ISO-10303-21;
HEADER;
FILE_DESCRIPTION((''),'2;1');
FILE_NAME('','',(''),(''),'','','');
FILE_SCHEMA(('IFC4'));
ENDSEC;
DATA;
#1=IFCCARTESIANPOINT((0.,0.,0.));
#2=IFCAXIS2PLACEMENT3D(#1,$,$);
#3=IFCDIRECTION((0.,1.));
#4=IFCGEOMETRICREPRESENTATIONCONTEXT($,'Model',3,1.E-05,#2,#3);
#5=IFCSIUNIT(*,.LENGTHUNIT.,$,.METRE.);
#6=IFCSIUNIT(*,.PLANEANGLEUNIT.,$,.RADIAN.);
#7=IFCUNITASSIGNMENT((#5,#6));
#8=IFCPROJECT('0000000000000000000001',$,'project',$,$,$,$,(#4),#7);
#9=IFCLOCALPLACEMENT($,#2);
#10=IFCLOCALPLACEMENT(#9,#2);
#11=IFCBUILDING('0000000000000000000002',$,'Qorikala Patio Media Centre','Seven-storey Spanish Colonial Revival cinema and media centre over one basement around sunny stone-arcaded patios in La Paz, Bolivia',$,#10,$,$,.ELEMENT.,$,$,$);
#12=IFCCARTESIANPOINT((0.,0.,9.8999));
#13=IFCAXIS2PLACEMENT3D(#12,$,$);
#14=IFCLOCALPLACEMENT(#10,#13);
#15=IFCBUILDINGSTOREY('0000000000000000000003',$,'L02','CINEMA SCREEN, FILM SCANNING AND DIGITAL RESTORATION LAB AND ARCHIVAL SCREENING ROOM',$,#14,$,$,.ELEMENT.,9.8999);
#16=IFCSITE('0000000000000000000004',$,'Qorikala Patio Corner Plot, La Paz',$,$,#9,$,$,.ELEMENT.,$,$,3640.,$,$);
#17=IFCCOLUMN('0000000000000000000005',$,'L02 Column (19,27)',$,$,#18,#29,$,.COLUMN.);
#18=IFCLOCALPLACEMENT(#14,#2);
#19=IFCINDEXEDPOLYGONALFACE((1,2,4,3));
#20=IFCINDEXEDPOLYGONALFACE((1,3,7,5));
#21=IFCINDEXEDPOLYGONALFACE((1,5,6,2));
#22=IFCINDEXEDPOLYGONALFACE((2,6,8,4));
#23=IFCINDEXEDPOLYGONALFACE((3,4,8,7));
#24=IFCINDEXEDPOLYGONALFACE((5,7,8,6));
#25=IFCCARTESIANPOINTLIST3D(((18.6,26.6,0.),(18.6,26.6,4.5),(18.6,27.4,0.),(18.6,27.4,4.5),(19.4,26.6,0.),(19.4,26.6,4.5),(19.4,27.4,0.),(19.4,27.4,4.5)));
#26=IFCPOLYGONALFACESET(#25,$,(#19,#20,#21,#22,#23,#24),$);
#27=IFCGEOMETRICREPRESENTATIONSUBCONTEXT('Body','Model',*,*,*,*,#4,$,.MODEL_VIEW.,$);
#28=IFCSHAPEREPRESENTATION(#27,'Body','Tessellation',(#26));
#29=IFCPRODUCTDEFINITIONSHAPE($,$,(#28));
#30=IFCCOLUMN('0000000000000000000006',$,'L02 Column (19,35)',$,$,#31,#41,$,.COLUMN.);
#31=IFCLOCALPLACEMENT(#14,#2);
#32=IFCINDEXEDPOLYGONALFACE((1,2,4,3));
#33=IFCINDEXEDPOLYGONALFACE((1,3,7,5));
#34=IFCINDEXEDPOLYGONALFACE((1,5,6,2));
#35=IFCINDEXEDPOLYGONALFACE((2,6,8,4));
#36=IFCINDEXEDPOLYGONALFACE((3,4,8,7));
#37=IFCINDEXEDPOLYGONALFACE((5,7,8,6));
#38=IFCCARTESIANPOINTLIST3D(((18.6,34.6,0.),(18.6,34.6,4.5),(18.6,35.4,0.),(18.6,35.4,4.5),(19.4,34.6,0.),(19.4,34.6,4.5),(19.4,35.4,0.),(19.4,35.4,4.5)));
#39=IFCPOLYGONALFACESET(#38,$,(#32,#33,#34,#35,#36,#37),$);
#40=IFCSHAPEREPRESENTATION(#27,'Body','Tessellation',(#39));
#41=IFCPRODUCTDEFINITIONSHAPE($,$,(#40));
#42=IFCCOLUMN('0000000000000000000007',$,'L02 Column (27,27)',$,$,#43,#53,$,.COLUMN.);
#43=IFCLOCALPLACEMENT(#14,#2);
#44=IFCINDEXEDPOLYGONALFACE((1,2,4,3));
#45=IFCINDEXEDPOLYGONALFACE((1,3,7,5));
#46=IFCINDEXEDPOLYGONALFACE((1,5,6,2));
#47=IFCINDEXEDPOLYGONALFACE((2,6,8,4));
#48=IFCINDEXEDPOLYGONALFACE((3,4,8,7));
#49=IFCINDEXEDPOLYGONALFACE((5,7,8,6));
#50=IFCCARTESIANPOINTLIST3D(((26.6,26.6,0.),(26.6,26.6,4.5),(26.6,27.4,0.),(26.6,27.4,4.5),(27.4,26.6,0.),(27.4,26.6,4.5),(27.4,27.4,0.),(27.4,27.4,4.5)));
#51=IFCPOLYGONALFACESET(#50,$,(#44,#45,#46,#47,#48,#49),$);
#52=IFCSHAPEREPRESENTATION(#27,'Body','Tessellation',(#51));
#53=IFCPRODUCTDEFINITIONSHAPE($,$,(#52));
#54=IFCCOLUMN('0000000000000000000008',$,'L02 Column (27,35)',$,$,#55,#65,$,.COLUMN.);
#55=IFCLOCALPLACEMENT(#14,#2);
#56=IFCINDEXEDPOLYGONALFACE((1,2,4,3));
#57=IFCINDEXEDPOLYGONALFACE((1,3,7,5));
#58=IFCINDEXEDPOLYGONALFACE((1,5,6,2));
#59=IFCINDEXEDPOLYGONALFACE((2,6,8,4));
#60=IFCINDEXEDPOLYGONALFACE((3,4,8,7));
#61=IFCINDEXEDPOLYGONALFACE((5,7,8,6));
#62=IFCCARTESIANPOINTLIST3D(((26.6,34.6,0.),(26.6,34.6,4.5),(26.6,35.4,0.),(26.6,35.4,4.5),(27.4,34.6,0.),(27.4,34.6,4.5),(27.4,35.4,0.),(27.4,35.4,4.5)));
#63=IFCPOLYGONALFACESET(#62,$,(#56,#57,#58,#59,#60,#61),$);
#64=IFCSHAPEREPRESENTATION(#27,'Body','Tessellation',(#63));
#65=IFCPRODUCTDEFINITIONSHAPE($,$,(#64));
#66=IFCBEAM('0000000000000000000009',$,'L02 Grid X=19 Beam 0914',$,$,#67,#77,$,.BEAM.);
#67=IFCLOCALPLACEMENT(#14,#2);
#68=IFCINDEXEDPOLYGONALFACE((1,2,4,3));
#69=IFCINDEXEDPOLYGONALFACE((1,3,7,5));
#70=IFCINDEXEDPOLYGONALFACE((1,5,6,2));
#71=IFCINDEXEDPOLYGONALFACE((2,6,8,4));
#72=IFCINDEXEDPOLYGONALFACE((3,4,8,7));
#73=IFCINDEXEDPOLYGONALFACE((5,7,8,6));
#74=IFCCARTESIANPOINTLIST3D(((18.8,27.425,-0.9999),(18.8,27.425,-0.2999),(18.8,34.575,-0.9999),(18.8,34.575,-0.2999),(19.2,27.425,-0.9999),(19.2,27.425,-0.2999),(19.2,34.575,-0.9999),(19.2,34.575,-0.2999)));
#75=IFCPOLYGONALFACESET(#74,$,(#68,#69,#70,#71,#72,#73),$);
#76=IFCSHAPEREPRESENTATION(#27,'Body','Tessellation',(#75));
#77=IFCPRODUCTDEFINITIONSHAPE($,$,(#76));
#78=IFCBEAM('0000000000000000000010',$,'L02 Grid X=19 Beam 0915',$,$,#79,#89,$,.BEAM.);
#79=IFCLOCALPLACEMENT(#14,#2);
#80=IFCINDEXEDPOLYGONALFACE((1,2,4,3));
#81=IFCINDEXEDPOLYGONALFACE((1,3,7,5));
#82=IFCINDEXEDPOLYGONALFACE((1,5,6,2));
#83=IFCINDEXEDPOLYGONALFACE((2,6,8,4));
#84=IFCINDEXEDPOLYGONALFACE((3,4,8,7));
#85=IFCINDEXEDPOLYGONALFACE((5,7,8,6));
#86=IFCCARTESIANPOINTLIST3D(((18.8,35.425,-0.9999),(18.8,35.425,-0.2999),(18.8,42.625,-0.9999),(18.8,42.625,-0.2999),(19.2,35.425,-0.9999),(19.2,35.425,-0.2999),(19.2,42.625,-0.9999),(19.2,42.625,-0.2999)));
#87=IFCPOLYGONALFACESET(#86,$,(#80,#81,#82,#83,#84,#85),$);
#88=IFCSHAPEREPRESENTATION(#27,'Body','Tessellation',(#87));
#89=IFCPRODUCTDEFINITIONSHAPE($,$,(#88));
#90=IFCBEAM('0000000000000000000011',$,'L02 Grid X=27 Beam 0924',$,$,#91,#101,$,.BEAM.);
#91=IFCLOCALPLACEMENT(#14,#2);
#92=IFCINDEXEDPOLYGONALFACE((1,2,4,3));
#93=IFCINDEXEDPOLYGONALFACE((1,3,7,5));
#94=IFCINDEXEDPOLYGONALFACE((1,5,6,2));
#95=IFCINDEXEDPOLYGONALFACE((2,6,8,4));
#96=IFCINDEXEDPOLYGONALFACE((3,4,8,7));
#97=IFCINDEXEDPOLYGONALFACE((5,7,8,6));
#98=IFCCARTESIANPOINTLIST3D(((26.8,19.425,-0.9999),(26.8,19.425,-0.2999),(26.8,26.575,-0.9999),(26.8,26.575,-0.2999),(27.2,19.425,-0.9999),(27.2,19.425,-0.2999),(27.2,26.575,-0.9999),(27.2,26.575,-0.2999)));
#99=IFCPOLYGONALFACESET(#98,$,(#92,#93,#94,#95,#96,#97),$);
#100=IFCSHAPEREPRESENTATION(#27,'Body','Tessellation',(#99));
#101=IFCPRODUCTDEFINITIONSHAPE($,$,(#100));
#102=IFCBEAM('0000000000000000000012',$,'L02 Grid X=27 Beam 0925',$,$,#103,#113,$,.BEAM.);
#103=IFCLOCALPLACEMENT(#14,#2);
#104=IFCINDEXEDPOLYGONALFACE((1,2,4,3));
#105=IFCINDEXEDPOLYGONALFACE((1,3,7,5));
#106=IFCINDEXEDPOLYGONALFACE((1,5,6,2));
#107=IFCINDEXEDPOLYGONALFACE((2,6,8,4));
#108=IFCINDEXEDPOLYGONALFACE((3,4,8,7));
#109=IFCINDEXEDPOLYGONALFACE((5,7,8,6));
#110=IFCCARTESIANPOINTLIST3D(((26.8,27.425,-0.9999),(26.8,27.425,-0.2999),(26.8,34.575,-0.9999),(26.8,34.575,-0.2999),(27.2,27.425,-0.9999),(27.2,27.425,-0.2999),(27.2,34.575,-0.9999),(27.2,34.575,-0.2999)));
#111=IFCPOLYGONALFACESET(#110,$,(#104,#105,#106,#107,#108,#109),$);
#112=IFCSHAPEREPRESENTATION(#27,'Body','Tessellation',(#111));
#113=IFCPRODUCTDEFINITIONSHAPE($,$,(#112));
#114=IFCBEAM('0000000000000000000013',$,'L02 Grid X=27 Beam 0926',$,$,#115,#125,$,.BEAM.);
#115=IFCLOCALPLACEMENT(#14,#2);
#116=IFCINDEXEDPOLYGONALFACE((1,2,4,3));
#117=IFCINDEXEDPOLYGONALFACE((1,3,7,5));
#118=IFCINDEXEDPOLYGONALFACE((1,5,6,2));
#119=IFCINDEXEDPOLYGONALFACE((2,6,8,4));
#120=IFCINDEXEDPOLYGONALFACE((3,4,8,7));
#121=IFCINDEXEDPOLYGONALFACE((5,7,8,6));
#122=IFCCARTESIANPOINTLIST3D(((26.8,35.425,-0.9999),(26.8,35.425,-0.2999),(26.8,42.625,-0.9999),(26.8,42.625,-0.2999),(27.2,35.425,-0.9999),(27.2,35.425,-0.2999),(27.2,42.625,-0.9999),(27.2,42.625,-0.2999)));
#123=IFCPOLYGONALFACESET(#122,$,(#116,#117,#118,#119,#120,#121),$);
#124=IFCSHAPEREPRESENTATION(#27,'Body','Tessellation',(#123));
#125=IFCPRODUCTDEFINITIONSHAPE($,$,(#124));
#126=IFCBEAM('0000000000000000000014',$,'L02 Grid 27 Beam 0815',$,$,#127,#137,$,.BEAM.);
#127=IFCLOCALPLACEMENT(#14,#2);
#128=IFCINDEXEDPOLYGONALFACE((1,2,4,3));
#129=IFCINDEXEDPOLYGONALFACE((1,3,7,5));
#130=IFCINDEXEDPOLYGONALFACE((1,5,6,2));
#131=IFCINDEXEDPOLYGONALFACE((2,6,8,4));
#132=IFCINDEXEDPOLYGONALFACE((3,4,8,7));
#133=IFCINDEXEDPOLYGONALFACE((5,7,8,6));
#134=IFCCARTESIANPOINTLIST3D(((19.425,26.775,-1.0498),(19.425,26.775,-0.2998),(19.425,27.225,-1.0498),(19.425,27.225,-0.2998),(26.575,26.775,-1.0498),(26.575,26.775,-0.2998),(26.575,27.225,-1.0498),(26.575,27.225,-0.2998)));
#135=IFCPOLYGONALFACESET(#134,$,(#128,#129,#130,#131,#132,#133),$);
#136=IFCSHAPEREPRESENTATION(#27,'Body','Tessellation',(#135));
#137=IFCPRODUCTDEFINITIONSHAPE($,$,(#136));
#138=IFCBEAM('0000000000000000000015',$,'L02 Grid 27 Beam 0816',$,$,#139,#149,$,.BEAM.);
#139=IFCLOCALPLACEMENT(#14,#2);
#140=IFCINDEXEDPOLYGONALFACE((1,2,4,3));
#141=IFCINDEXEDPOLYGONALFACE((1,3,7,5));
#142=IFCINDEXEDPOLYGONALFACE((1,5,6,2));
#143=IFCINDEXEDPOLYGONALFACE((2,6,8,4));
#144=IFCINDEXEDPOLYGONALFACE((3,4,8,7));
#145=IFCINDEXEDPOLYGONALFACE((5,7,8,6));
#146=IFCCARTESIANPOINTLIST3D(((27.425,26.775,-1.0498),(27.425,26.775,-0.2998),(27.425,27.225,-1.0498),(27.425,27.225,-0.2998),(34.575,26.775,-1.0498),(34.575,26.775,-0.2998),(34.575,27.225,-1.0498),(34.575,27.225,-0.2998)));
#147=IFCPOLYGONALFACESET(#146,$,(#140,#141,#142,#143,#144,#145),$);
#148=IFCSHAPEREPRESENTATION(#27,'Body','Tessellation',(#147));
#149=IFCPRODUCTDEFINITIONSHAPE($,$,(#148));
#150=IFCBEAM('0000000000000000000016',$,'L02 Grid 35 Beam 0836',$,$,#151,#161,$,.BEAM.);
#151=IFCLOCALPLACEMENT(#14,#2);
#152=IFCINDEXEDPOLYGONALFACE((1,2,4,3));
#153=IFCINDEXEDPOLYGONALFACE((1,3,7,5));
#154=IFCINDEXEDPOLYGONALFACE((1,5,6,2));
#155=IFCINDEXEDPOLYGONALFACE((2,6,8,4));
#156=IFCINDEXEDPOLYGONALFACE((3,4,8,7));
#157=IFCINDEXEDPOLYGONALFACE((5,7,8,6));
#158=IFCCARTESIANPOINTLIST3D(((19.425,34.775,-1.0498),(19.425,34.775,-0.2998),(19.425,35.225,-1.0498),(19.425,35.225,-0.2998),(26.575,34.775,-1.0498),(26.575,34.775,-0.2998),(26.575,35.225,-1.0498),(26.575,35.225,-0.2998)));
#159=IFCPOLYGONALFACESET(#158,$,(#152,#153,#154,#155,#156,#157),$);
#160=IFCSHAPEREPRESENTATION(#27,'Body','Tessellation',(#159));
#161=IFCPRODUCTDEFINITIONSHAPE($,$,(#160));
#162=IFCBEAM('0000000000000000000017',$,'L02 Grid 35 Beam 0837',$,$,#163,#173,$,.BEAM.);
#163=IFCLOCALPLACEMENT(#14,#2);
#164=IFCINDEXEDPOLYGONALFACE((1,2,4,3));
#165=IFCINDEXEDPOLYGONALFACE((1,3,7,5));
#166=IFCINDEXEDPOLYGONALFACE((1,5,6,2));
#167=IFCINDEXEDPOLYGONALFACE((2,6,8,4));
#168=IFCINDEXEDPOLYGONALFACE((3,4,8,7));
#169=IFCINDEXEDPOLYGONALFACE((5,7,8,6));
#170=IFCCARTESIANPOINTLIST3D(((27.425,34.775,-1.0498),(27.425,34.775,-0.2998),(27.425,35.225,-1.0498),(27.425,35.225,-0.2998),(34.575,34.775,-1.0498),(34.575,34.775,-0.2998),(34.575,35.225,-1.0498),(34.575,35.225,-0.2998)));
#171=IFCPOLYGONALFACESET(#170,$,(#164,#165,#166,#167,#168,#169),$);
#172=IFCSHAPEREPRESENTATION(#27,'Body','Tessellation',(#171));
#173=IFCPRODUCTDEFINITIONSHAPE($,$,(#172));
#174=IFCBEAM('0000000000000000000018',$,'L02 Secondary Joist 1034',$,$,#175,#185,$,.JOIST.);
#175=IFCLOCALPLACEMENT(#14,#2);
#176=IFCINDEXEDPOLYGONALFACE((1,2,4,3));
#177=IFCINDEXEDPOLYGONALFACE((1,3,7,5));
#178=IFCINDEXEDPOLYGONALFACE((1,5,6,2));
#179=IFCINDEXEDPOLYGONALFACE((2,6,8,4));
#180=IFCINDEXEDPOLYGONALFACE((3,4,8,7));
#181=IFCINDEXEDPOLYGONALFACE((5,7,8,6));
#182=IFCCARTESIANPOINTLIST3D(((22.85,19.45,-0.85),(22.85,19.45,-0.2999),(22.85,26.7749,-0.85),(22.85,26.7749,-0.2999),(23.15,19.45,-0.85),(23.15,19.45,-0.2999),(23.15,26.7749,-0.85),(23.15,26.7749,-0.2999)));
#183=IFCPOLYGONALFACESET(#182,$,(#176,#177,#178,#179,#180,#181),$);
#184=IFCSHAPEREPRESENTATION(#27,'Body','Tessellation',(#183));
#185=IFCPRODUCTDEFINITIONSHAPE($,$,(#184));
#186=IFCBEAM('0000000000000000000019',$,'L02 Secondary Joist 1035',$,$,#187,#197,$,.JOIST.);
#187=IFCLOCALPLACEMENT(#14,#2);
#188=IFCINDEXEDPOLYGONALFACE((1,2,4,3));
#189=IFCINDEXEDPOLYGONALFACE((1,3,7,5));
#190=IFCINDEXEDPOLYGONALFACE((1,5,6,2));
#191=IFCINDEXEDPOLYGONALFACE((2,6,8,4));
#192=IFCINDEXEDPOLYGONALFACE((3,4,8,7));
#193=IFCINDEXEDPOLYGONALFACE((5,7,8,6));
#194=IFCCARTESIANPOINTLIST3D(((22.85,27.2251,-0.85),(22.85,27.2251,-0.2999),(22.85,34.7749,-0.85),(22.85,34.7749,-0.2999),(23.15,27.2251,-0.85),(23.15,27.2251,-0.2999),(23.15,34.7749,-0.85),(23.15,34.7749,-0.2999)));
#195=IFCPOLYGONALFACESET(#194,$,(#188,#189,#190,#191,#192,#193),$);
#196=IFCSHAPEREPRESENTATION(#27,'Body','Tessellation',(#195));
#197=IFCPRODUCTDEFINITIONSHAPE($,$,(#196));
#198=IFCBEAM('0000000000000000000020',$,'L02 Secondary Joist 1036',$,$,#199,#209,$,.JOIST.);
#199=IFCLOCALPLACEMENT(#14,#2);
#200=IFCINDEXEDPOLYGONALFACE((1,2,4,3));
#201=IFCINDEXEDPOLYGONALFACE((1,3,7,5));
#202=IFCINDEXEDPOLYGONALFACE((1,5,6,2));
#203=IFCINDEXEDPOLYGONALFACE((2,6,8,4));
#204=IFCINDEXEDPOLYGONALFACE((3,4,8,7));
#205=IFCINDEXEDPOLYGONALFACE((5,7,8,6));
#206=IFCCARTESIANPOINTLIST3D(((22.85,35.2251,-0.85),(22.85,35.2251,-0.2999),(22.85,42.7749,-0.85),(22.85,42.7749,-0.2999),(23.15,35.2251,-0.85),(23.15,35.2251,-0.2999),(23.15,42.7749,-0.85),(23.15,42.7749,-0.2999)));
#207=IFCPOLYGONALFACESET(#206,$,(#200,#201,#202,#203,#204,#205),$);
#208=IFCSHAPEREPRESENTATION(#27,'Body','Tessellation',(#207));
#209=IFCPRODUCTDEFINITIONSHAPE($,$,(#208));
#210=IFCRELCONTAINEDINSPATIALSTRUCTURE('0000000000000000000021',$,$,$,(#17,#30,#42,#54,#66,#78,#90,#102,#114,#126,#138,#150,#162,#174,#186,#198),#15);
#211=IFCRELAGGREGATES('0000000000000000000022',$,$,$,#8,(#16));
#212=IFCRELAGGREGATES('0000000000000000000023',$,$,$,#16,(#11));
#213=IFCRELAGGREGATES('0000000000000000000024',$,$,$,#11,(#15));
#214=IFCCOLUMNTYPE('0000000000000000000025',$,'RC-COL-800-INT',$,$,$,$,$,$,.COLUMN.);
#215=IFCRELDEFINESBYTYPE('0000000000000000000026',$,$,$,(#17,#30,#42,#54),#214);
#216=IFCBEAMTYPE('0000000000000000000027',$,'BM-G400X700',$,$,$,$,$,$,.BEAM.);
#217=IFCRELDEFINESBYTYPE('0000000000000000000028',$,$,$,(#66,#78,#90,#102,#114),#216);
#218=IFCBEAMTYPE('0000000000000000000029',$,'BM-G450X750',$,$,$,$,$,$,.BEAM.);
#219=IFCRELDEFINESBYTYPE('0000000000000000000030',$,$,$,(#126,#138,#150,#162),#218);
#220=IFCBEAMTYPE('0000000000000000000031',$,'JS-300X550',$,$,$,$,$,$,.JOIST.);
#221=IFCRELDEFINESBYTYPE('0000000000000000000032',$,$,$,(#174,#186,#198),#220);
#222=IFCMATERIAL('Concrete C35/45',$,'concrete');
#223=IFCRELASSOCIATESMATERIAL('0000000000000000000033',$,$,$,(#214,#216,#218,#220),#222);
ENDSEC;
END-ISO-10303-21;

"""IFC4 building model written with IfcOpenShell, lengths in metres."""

from ifc_helpers import new_model, si_unit, direction, frame, origin, origin_2d, place, context, subcontext, project, spatial, rectangle, extrude, material, material_profile, profile_set, type_object, element, save


model = new_model("IFC4")

# Units and contexts
model_context = context("Model", 3, precision=1e-05, world=origin(), true_north=direction((0.0, 1.0)))
body_context = subcontext(model_context, "Body", "Model", "MODEL_VIEW")
ifc_project = project(units=[si_unit("LENGTHUNIT", "METRE"), si_unit("PLANEANGLEUNIT", "RADIAN")], contexts=[model_context])

# Site, building, storey
site_placement = place(None, origin())
site = spatial("IfcSite", under=ifc_project, at=site_placement, Name="Qorikala Patio Corner Plot, La Paz", CompositionType="ELEMENT", RefElevation=3640.0)
building_placement = place(site_placement, origin())
building = spatial("IfcBuilding", under=site, at=building_placement, Name="Qorikala Patio Media Centre", Description="Seven-storey Spanish Colonial Revival cinema and media centre over one basement around sunny stone-arcaded patios in La Paz, Bolivia", CompositionType="ELEMENT")
storey_placement = place(building_placement, frame((0.0, 0.0, 9.8999)))
storey = spatial("IfcBuildingStorey", under=building, at=storey_placement, Name="L02", Description="CINEMA SCREEN, FILM SCANNING AND DIGITAL RESTORATION LAB AND ARCHIVAL SCREENING ROOM", CompositionType="ELEMENT", Elevation=9.8999)

# Columns
ifc_material_1 = material(Name="Concrete C35/45", Category="concrete")
ifc_material_profile_1 = material_profile(ifc_material_1, rectangle(XDim=0.8, YDim=0.8, at=origin_2d()), Name="RC 800x800")
ifc_profile_set_1 = profile_set([ifc_material_profile_1], Name="Concrete C35/45")
column_type = type_object("IfcColumnType", Name="RC-COL-800-INT", PredefinedType="COLUMN", material=ifc_profile_set_1)
for number, where, z_axis, x_axis, name in (
    (1, (19.0, 27.0, 0.0), (0.0, 0.0, 1.0), (1.0, 0.0, 0.0), "L02 Column (19,27)"),
    (2, (19.0, 35.0, 0.0), (0.0, 0.0, 1.0), (1.0, 0.0, 0.0), "L02 Column (19,35)"),
    (3, (27.0, 27.0, 0.0), (0.0, 0.0, 1.0), (1.0, 0.0, 0.0), "L02 Column (27,27)"),
    (4, (27.0, 35.0, 0.0), (0.0, 0.0, 1.0), (1.0, 0.0, 0.0), "L02 Column (27,35)"),
):
    element("IfcColumn", number, at=place(storey_placement, frame(where, z_axis=z_axis, x_axis=x_axis)), inside=storey, type_object=column_type, Name=name, PredefinedType="COLUMN", context=body_context, shape_type="SweptSolid", body=[
        extrude(rectangle(XDim=0.8, YDim=0.8, at=origin_2d()), origin(), (0.0, 0.0, 1.0), 4.5),
    ])

# Beams
ifc_material_profile_2 = material_profile(ifc_material_1, rectangle(XDim=0.3999, YDim=0.7, at=origin_2d()), Name="RC 400x700")
ifc_profile_set_2 = profile_set([ifc_material_profile_2], Name="Concrete C35/45")
beam_type_1 = type_object("IfcBeamType", Name="BM-G400X700", PredefinedType="BEAM", material=ifc_profile_set_2)
beam_1_placement = place(storey_placement, frame((19.0, 27.425, -0.6499), z_axis=(0.0, 1.0, 0.0), x_axis=(-1.0, 0.0, 0.0)))
element("IfcBeam", 5, at=beam_1_placement, inside=storey, type_object=beam_type_1, Name="L02 Grid X=19 Beam 0914", PredefinedType="BEAM", context=body_context, shape_type="SweptSolid", body=[
    extrude(rectangle(XDim=0.3999, YDim=0.7, at=origin_2d()), origin(), (0.0, 0.0, 1.0), 7.1499),
])
beam_2_placement = place(storey_placement, frame((19.0, 35.425, -0.6499), z_axis=(0.0, 1.0, 0.0), x_axis=(-1.0, 0.0, 0.0)))
element("IfcBeam", 6, at=beam_2_placement, inside=storey, type_object=beam_type_1, Name="L02 Grid X=19 Beam 0915", PredefinedType="BEAM", context=body_context, shape_type="SweptSolid", body=[
    extrude(rectangle(XDim=0.3999, YDim=0.7, at=origin_2d()), origin(), (0.0, 0.0, 1.0), 7.2),
])
for number, where, z_axis, x_axis, name in (
    (7, (27.0, 19.425, -0.6499), (0.0, 1.0, 0.0), (-1.0, 0.0, 0.0), "L02 Grid X=27 Beam 0924"),
    (8, (27.0, 27.425, -0.6499), (0.0, 1.0, 0.0), (-1.0, 0.0, 0.0), "L02 Grid X=27 Beam 0925"),
):
    element("IfcBeam", number, at=place(storey_placement, frame(where, z_axis=z_axis, x_axis=x_axis)), inside=storey, type_object=beam_type_1, Name=name, PredefinedType="BEAM", context=body_context, shape_type="SweptSolid", body=[
        extrude(rectangle(XDim=0.3999, YDim=0.7, at=origin_2d()), origin(), (0.0, 0.0, 1.0), 7.1499),
    ])
beam_3_placement = place(storey_placement, frame((27.0, 35.425, -0.6499), z_axis=(0.0, 1.0, 0.0), x_axis=(-1.0, 0.0, 0.0)))
element("IfcBeam", 9, at=beam_3_placement, inside=storey, type_object=beam_type_1, Name="L02 Grid X=27 Beam 0926", PredefinedType="BEAM", context=body_context, shape_type="SweptSolid", body=[
    extrude(rectangle(XDim=0.3999, YDim=0.7, at=origin_2d()), origin(), (0.0, 0.0, 1.0), 7.2),
])
ifc_material_profile_3 = material_profile(ifc_material_1, rectangle(XDim=0.45, YDim=0.75, at=origin_2d()), Name="RC 450x750")
ifc_profile_set_3 = profile_set([ifc_material_profile_3], Name="Concrete C35/45")
beam_type_2 = type_object("IfcBeamType", Name="BM-G450X750", PredefinedType="BEAM", material=ifc_profile_set_3)
for number, where, z_axis, x_axis, name in (
    (10, (19.425, 27.0, -0.6748), (1.0, 0.0, 0.0), (0.0, 1.0, 0.0), "L02 Grid 27 Beam 0815"),
    (11, (27.425, 27.0, -0.6748), (1.0, 0.0, 0.0), (0.0, 1.0, 0.0), "L02 Grid 27 Beam 0816"),
    (12, (19.425, 35.0, -0.6748), (1.0, 0.0, 0.0), (0.0, 1.0, 0.0), "L02 Grid 35 Beam 0836"),
    (13, (27.425, 35.0, -0.6748), (1.0, 0.0, 0.0), (0.0, 1.0, 0.0), "L02 Grid 35 Beam 0837"),
):
    element("IfcBeam", number, at=place(storey_placement, frame(where, z_axis=z_axis, x_axis=x_axis)), inside=storey, type_object=beam_type_2, Name=name, PredefinedType="BEAM", context=body_context, shape_type="SweptSolid", body=[
        extrude(rectangle(XDim=0.45, YDim=0.75, at=origin_2d()), origin(), (0.0, 0.0, 1.0), 7.1499),
    ])
ifc_material_profile_4 = material_profile(ifc_material_1, rectangle(XDim=0.3, YDim=0.55, at=origin_2d()), Name="RC 300x550")
ifc_profile_set_4 = profile_set([ifc_material_profile_4], Name="Concrete C35/45")
beam_type_3 = type_object("IfcBeamType", Name="JS-300X550", PredefinedType="JOIST", material=ifc_profile_set_4)
beam_4_placement = place(storey_placement, frame((23.0, 19.45, -0.575), z_axis=(0.0, 1.0, 0.0), x_axis=(-1.0, 0.0, 0.0)))
element("IfcBeam", 14, at=beam_4_placement, inside=storey, type_object=beam_type_3, Name="L02 Secondary Joist 1034", PredefinedType="JOIST", context=body_context, shape_type="SweptSolid", body=[
    extrude(rectangle(XDim=0.3, YDim=0.55, at=origin_2d()), origin(), (0.0, 0.0, 1.0), 7.325),
])
for number, where, z_axis, x_axis, name in (
    (15, (23.0, 27.2251, -0.575), (0.0, 1.0, 0.0), (-1.0, 0.0, 0.0), "L02 Secondary Joist 1035"),
    (16, (23.0, 35.2251, -0.575), (0.0, 1.0, 0.0), (-1.0, 0.0, 0.0), "L02 Secondary Joist 1036"),
):
    element("IfcBeam", number, at=place(storey_placement, frame(where, z_axis=z_axis, x_axis=x_axis)), inside=storey, type_object=beam_type_3, Name=name, PredefinedType="JOIST", context=body_context, shape_type="SweptSolid", body=[
        extrude(rectangle(XDim=0.3, YDim=0.55, at=origin_2d()), origin(), (0.0, 0.0, 1.0), 7.5498),
    ])

save(model, "model.ifc")
